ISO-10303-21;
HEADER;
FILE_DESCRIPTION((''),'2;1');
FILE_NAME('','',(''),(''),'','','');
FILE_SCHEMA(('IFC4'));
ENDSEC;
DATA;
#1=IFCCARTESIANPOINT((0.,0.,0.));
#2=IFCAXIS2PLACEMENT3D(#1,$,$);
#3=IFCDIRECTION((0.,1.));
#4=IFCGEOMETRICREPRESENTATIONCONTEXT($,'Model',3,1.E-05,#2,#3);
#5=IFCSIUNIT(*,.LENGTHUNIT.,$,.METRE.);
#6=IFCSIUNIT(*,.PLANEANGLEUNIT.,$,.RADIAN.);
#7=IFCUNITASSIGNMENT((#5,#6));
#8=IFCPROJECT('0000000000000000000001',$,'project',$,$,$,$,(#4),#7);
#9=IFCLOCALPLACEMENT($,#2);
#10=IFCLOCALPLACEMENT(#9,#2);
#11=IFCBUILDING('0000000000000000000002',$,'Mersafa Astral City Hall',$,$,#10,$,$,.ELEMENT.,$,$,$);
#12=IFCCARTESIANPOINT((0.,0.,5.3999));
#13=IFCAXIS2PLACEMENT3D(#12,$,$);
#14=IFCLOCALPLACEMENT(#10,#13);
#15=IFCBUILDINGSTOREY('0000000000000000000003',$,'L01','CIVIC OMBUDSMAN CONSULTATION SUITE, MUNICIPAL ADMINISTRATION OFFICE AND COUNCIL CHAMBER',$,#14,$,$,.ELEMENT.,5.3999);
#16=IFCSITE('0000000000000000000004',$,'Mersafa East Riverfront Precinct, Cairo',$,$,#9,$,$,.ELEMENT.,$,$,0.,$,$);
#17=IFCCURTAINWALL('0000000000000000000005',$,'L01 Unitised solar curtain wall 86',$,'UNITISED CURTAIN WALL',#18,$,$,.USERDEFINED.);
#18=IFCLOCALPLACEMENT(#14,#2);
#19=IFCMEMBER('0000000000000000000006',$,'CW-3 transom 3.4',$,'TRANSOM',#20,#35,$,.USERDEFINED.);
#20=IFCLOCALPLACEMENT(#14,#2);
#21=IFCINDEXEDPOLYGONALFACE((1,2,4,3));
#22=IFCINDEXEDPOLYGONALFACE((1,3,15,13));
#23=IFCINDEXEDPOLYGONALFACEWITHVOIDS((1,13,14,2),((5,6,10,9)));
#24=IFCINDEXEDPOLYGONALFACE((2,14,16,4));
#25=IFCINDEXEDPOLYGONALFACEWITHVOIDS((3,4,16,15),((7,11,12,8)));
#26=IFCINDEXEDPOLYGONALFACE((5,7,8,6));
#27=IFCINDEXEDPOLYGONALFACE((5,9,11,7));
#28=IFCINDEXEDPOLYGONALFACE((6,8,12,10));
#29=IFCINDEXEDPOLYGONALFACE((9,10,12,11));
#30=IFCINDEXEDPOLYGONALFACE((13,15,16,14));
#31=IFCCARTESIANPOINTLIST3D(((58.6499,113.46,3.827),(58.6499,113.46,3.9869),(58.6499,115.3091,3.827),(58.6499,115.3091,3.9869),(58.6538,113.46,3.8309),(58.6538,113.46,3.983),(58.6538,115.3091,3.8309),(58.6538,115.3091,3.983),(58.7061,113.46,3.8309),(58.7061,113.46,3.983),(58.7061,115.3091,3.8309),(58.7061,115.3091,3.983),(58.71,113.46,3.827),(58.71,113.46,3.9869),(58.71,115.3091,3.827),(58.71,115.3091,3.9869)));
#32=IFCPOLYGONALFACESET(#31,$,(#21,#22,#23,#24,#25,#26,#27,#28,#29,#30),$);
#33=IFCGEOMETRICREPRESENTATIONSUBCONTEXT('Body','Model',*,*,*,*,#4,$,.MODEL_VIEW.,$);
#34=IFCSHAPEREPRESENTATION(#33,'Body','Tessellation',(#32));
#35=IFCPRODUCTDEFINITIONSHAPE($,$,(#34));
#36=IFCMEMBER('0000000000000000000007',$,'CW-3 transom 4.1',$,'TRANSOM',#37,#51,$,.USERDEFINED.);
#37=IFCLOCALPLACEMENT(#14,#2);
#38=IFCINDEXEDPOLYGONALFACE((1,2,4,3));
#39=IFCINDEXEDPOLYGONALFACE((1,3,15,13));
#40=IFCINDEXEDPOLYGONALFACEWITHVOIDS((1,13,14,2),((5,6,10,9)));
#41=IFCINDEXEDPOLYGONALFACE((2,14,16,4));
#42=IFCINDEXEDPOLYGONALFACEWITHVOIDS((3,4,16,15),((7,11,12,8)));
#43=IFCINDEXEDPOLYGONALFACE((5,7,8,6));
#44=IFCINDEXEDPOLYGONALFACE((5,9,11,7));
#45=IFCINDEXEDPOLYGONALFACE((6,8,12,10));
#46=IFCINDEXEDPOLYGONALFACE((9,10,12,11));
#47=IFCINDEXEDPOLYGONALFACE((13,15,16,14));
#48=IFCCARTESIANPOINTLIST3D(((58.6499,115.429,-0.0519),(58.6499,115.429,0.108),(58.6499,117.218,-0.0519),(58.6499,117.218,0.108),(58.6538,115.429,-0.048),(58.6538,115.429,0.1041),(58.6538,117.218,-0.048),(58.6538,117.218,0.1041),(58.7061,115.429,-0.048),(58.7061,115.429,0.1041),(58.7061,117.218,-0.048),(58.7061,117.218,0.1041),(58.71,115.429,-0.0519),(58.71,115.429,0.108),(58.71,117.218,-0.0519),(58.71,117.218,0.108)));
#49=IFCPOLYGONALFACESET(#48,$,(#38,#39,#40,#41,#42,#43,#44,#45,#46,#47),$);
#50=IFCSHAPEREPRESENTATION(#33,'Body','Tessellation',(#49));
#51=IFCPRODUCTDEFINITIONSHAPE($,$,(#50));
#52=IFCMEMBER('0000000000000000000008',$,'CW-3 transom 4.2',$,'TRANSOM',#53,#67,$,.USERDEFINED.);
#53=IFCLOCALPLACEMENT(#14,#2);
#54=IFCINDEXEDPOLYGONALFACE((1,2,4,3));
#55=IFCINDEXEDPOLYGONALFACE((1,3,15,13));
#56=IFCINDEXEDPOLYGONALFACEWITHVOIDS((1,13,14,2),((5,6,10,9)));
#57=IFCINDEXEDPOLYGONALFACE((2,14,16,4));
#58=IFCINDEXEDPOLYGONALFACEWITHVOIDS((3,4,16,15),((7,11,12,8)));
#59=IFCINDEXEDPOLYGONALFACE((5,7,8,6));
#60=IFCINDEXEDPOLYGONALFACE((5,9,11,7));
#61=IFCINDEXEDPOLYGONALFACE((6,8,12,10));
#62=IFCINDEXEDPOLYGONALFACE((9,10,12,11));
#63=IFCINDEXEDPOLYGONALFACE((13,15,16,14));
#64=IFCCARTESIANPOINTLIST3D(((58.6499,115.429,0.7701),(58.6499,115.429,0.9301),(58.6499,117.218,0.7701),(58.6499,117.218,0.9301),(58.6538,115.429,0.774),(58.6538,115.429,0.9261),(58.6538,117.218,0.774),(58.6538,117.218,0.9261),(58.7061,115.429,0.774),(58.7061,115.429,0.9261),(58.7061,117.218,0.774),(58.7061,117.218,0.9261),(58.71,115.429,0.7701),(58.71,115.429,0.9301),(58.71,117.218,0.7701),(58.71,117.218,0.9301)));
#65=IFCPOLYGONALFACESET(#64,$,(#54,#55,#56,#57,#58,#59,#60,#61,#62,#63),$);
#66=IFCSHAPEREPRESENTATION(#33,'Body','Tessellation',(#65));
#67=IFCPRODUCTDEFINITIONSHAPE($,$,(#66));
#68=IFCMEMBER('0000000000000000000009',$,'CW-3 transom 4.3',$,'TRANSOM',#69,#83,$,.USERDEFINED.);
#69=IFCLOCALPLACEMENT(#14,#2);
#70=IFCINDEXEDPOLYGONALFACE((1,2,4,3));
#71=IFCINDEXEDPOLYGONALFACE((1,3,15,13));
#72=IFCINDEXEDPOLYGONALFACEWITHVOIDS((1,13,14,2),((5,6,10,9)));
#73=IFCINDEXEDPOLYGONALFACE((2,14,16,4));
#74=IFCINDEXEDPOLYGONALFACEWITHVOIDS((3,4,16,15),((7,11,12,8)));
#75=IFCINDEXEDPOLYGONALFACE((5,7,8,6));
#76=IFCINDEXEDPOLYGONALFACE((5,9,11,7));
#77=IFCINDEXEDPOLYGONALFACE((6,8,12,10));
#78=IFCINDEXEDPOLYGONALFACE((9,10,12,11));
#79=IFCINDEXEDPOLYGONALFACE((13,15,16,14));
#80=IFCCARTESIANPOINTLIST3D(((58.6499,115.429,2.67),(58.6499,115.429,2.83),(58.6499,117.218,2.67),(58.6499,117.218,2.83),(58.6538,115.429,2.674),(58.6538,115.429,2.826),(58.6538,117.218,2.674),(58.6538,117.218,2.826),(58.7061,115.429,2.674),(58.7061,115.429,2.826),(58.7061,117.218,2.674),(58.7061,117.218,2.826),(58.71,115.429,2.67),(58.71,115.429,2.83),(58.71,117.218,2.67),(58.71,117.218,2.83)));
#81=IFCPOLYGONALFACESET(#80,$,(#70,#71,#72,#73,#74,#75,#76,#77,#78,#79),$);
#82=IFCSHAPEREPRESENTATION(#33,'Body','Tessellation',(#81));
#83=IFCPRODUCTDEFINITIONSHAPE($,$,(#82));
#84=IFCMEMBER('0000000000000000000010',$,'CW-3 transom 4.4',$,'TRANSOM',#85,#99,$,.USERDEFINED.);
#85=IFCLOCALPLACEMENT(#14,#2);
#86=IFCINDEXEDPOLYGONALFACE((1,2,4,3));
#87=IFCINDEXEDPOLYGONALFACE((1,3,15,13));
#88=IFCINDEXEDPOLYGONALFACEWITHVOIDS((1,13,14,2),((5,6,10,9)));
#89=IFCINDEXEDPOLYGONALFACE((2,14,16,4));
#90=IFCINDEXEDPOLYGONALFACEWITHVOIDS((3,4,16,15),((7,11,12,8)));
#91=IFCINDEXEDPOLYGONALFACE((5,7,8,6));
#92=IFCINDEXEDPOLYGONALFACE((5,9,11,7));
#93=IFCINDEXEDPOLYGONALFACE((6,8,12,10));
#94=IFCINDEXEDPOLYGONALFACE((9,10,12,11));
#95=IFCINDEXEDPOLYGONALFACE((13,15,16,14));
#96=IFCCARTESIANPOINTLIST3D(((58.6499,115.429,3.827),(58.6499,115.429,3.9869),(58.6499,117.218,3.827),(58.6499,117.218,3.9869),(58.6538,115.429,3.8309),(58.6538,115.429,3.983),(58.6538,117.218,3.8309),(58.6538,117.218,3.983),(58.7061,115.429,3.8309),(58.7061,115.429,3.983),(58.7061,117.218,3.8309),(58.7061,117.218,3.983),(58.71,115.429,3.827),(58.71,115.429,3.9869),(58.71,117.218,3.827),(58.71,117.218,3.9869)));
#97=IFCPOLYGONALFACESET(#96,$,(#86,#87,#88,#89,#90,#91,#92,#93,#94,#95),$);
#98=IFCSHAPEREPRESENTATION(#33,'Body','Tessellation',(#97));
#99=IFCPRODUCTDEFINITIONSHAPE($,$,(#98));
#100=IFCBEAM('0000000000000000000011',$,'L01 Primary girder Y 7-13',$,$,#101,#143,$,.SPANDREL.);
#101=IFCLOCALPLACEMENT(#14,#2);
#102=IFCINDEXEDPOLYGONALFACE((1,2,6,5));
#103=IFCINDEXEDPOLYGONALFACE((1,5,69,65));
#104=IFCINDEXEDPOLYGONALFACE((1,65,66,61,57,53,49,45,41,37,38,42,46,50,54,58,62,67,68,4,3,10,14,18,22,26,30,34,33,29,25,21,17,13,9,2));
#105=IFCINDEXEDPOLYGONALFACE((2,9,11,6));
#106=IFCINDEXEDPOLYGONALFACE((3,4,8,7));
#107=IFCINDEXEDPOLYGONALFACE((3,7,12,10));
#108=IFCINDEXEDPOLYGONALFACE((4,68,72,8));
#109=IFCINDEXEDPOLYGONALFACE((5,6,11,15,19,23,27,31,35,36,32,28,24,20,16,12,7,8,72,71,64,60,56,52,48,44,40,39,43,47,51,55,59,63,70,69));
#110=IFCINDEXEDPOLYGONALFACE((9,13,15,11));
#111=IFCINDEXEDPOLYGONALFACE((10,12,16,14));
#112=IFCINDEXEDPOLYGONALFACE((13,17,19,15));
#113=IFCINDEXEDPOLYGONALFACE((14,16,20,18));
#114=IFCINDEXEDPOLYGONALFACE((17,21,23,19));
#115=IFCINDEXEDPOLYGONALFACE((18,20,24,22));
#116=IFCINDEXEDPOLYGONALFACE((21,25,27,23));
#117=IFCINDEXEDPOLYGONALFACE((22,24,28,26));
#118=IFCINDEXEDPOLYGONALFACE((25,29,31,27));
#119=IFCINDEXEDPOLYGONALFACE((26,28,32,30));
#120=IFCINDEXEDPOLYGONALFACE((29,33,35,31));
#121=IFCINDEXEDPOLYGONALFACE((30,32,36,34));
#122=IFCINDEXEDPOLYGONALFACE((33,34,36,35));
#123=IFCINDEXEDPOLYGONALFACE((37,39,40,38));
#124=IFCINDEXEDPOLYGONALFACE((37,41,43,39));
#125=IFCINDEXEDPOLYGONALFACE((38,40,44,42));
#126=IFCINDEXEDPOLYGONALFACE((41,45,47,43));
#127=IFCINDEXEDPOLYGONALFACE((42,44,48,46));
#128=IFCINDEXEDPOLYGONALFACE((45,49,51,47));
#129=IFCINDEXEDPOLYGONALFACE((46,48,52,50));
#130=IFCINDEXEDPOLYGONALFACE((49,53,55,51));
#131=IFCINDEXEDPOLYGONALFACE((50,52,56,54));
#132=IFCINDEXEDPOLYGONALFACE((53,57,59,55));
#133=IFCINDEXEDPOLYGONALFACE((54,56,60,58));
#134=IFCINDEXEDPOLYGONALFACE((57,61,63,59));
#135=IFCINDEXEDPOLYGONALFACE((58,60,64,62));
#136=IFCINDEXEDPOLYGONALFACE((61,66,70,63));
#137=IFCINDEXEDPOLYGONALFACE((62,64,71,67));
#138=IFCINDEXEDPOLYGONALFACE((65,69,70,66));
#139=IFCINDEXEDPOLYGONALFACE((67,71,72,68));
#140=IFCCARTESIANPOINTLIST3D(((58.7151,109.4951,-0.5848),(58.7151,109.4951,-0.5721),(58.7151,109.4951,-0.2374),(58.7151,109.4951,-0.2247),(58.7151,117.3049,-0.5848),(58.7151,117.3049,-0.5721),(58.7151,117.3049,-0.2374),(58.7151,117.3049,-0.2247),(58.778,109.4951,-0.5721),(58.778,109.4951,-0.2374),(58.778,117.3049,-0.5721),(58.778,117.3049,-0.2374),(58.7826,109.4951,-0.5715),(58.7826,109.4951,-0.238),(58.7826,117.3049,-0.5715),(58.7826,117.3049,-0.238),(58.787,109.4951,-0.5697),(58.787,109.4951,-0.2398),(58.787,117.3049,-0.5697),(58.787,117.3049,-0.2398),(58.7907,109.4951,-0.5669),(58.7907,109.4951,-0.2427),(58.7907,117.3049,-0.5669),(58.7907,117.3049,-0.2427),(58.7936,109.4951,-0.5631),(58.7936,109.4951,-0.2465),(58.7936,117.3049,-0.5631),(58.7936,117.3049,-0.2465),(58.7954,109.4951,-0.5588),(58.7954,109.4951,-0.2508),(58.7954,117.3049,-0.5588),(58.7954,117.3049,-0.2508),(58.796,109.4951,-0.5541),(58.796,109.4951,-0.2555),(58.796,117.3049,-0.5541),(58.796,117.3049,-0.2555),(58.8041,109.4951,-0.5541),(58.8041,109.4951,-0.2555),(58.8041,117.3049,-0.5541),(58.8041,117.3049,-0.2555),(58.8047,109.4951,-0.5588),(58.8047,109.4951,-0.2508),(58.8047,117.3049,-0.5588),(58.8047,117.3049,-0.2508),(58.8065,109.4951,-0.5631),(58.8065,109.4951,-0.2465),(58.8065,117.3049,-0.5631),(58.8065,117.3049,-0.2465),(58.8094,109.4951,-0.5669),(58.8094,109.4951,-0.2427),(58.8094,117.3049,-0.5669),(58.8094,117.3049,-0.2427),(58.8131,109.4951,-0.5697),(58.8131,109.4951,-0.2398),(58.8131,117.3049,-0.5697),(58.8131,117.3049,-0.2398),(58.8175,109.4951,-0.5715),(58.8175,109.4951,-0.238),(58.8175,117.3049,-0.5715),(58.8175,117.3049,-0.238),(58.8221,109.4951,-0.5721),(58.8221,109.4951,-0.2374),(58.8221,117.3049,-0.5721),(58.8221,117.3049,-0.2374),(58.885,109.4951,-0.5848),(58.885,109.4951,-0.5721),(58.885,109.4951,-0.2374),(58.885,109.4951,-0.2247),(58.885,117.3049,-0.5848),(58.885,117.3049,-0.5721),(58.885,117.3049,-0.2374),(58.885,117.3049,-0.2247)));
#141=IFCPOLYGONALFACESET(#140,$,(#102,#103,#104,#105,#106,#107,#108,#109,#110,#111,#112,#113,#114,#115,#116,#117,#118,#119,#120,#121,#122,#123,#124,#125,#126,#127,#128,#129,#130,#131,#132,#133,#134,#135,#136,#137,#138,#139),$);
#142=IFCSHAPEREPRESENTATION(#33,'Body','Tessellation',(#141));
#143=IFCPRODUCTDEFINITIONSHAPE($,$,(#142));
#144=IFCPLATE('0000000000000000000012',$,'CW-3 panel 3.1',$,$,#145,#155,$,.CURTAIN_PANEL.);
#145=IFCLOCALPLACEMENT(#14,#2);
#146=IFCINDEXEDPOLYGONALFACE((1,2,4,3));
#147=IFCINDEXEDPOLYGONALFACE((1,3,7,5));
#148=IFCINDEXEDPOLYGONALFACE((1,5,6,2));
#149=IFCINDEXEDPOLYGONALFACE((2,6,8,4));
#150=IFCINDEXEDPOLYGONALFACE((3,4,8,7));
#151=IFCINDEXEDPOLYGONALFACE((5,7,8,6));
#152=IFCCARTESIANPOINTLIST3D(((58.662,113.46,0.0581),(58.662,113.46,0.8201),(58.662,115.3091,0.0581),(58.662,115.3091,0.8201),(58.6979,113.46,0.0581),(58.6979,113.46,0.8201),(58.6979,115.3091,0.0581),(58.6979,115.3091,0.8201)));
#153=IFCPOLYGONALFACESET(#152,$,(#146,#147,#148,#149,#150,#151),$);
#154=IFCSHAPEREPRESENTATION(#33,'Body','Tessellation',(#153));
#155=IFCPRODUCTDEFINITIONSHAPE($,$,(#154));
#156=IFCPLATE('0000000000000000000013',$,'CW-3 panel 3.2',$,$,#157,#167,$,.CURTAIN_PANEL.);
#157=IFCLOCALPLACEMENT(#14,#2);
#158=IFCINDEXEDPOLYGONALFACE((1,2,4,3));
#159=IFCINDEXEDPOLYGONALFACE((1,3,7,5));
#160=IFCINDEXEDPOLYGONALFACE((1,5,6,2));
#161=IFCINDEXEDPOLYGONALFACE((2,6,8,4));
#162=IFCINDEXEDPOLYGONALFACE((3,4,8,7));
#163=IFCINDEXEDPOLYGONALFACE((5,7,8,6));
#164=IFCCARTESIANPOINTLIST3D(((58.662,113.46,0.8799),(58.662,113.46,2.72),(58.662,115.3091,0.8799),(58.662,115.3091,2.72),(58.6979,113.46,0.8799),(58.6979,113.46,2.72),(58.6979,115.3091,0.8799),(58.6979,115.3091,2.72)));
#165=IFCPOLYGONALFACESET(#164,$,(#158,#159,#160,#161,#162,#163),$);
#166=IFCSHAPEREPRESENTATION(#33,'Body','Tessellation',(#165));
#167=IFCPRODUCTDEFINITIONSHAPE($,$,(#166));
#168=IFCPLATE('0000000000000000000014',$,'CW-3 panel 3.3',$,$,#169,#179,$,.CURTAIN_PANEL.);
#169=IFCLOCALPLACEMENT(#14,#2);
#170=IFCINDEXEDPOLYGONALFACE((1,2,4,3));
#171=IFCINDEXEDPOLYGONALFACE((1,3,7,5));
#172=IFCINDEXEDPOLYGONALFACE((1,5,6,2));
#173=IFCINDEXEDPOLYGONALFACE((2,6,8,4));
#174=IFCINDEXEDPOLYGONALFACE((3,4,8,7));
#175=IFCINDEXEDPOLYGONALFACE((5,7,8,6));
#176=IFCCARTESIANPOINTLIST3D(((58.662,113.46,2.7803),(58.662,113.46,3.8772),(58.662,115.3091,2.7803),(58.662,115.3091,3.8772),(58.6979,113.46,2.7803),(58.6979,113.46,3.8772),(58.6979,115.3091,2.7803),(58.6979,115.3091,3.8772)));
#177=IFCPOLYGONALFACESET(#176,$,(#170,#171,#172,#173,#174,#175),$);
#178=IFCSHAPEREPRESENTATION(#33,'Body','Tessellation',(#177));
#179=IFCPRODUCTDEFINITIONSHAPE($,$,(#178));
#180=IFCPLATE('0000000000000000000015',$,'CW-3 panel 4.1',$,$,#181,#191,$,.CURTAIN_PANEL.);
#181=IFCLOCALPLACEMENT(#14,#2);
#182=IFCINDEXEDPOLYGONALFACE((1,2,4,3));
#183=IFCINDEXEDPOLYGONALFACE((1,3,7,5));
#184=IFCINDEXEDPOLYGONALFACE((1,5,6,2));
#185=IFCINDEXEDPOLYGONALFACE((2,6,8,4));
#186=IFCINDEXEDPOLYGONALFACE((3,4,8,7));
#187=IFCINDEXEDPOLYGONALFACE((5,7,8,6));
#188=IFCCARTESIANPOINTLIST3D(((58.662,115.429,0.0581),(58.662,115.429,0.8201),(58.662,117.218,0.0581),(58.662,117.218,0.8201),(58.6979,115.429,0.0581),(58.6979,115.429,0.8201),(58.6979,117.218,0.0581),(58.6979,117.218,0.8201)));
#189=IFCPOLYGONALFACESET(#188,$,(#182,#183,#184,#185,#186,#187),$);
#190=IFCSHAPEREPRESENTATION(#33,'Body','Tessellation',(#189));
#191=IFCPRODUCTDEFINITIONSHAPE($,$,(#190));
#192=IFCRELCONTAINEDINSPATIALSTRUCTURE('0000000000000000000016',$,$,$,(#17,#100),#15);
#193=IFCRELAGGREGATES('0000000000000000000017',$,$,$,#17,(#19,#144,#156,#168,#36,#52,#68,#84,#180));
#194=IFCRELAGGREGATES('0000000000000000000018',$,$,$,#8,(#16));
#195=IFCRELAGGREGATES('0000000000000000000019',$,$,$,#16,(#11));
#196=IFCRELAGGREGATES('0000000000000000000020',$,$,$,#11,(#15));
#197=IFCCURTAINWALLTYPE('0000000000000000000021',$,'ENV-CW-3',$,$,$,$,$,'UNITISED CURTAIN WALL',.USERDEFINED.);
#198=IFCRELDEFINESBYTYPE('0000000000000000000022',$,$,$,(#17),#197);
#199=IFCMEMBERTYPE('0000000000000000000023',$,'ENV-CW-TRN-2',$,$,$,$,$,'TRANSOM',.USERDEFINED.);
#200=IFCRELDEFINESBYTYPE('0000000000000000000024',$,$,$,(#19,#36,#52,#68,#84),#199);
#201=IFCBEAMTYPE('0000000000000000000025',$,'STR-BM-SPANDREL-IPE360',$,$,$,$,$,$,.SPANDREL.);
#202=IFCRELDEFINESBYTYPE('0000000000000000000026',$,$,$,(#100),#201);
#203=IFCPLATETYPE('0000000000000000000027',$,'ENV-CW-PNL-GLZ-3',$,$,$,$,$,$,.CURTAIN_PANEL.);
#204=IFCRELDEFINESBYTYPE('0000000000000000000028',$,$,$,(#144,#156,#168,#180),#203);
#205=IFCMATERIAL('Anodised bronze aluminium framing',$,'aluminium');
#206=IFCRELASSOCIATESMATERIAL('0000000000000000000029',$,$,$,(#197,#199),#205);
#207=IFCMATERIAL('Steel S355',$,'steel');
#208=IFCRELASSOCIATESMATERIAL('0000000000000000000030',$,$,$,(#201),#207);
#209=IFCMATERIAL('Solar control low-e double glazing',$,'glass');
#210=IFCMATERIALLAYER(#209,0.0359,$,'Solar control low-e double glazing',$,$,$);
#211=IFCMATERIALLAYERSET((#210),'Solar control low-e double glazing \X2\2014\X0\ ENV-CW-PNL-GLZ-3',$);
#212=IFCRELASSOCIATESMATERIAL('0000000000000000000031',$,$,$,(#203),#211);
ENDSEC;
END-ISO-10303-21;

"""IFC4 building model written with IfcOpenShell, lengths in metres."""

from ifc_helpers import new_model, si_unit, direction, frame, origin, origin_2d, place, context, subcontext, project, spatial, rectangle, hollow_rectangle, i_section, extrude, material, layer, layer_set, material_profile, profile_set, type_object, element, aggregate, save


model = new_model("IFC4")

# Units and contexts
model_context = context("Model", 3, precision=1e-05, world=origin(), true_north=direction((0.0, 1.0)))
body_context = subcontext(model_context, "Body", "Model", "MODEL_VIEW")
ifc_project = project(units=[si_unit("LENGTHUNIT", "METRE"), si_unit("PLANEANGLEUNIT", "RADIAN")], contexts=[model_context])

# Site, building, storey
site_placement = place(None, origin())
site = spatial("IfcSite", under=ifc_project, at=site_placement, Name="Mersafa East Riverfront Precinct, Cairo", CompositionType="ELEMENT", RefElevation=0.0)
building_placement = place(site_placement, origin())
building = spatial("IfcBuilding", under=site, at=building_placement, Name="Mersafa Astral City Hall", CompositionType="ELEMENT")
storey_placement = place(building_placement, frame((0.0, 0.0, 5.3999)))
storey = spatial("IfcBuildingStorey", under=building, at=storey_placement, Name="L01", Description="CIVIC OMBUDSMAN CONSULTATION SUITE, MUNICIPAL ADMINISTRATION OFFICE AND COUNCIL CHAMBER", CompositionType="ELEMENT", Elevation=5.3999)

# Shared definitions
ifc_material_1 = material(Name="Steel S355", Category="steel")

# Curtain wall, members
ifc_material_2 = material(Name="Anodised bronze aluminium framing", Category="aluminium")
curtain_wall_type = type_object("IfcCurtainWallType", Name="ENV-CW-3", ElementType="UNITISED CURTAIN WALL", PredefinedType="USERDEFINED", material=ifc_material_2)
curtain_wall_placement = place(storey_placement, origin())
curtain_wall = element("IfcCurtainWall", 1, at=curtain_wall_placement, inside=storey, type_object=curtain_wall_type, Name="L01 Unitised solar curtain wall 86", ObjectType="UNITISED CURTAIN WALL", PredefinedType="USERDEFINED")
ifc_material_profile_1 = material_profile(ifc_material_2, hollow_rectangle(XDim=0.0601, YDim=0.1599, WallThickness=0.0039, at=origin_2d()), Name="RHS 60x160x4")
ifc_profile_set_1 = profile_set([ifc_material_profile_1], Name="Anodised bronze aluminium framing")
member_type_1 = type_object("IfcMemberType", Name="ENV-CW-TRN-2", ElementType="TRANSOM", PredefinedType="USERDEFINED", material=ifc_profile_set_1)
member_1_placement = place(storey_placement, frame((58.6799, 113.46, 3.907), z_axis=(0.0, 1.0, 0.0), x_axis=(-1.0, 0.0, 0.0)))
member_1 = element("IfcMember", 2, at=member_1_placement, type_object=member_type_1, Name="CW-3 transom 3.4", ObjectType="TRANSOM", PredefinedType="USERDEFINED", context=body_context, shape_type="SweptSolid", body=[
    extrude(hollow_rectangle(XDim=0.0601, YDim=0.1599, WallThickness=0.0039, at=origin_2d()), origin(), (0.0, 0.0, 1.0), 1.8491),
])
member_2_placement = place(storey_placement, frame((58.6799, 115.429, 0.0281), z_axis=(0.0, 1.0, 0.0), x_axis=(-1.0, 0.0, 0.0)))
member_2 = element("IfcMember", 3, at=member_2_placement, type_object=member_type_1, Name="CW-3 transom 4.1", ObjectType="TRANSOM", PredefinedType="USERDEFINED", context=body_context, shape_type="SweptSolid", body=[
    extrude(hollow_rectangle(XDim=0.0601, YDim=0.1599, WallThickness=0.0039, at=origin_2d()), origin(), (0.0, 0.0, 1.0), 1.7891),
])
member_3_placement = place(storey_placement, frame((58.6799, 115.429, 0.8501), z_axis=(0.0, 1.0, 0.0), x_axis=(-1.0, 0.0, 0.0)))
member_3 = element("IfcMember", 4, at=member_3_placement, type_object=member_type_1, Name="CW-3 transom 4.2", ObjectType="TRANSOM", PredefinedType="USERDEFINED", context=body_context, shape_type="SweptSolid", body=[
    extrude(hollow_rectangle(XDim=0.0601, YDim=0.1599, WallThickness=0.0039, at=origin_2d()), origin(), (0.0, 0.0, 1.0), 1.7891),
])
member_4_placement = place(storey_placement, frame((58.6799, 115.429, 2.75), z_axis=(0.0, 1.0, 0.0), x_axis=(-1.0, 0.0, 0.0)))
member_4 = element("IfcMember", 5, at=member_4_placement, type_object=member_type_1, Name="CW-3 transom 4.3", ObjectType="TRANSOM", PredefinedType="USERDEFINED", context=body_context, shape_type="SweptSolid", body=[
    extrude(hollow_rectangle(XDim=0.0601, YDim=0.1599, WallThickness=0.0039, at=origin_2d()), origin(), (0.0, 0.0, 1.0), 1.7891),
])
member_5_placement = place(storey_placement, frame((58.6799, 115.429, 3.907), z_axis=(0.0, 1.0, 0.0), x_axis=(-1.0, 0.0, 0.0)))
member_5 = element("IfcMember", 6, at=member_5_placement, type_object=member_type_1, Name="CW-3 transom 4.4", ObjectType="TRANSOM", PredefinedType="USERDEFINED", context=body_context, shape_type="SweptSolid", body=[
    extrude(hollow_rectangle(XDim=0.0601, YDim=0.1599, WallThickness=0.0039, at=origin_2d()), origin(), (0.0, 0.0, 1.0), 1.7891),
])

# Beam
ifc_material_profile_2 = material_profile(ifc_material_1, i_section(OverallWidth=0.1699, OverallDepth=0.3601, WebThickness=0.0081, FlangeThickness=0.0127, FilletRadius=0.0181, at=origin_2d()), Name="IPE 360")
ifc_profile_set_2 = profile_set([ifc_material_profile_2], Name="Steel S355")
beam_type = type_object("IfcBeamType", Name="STR-BM-SPANDREL-IPE360", PredefinedType="SPANDREL", material=ifc_profile_set_2)
beam_placement = place(storey_placement, frame((58.8, 109.4951, -0.4048), z_axis=(0.0, 1.0, 0.0), x_axis=(-1.0, 0.0, 0.0)))
element("IfcBeam", 7, at=beam_placement, inside=storey, type_object=beam_type, Name="L01 Primary girder Y 7-13", PredefinedType="SPANDREL", context=body_context, shape_type="SweptSolid", body=[
    extrude(i_section(OverallWidth=0.1699, OverallDepth=0.3601, WebThickness=0.0081, FlangeThickness=0.0127, FilletRadius=0.0181, at=origin_2d()), origin(), (0.0, 0.0, 1.0), 7.8098),
])

# Plates
ifc_material_3 = material(Name="Solar control low-e double glazing", Category="glass")
ifc_layer_1 = layer(ifc_material_3, 0.0359, Name="Solar control low-e double glazing")
ifc_layer_set_1 = layer_set([ifc_layer_1], Name="Solar control low-e double glazing — ENV-CW-PNL-GLZ-3")
plate_type = type_object("IfcPlateType", Name="ENV-CW-PNL-GLZ-3", PredefinedType="CURTAIN_PANEL", material=ifc_layer_set_1)
plate_1_placement = place(storey_placement, frame((58.6799, 114.3845, 0.0581), z_axis=(0.0, 0.0, 1.0), x_axis=(0.0, 1.0, 0.0)))
plate_1 = element("IfcPlate", 8, at=plate_1_placement, type_object=plate_type, Name="CW-3 panel 3.1", PredefinedType="CURTAIN_PANEL", context=body_context, shape_type="SweptSolid", body=[
    extrude(rectangle(XDim=1.8491, YDim=0.0359, at=origin_2d()), origin(), (0.0, 0.0, 1.0), 0.762),
])
plate_2_placement = place(storey_placement, frame((58.6799, 114.3845, 0.8799), z_axis=(0.0, 0.0, 1.0), x_axis=(0.0, 1.0, 0.0)))
plate_2 = element("IfcPlate", 9, at=plate_2_placement, type_object=plate_type, Name="CW-3 panel 3.2", PredefinedType="CURTAIN_PANEL", context=body_context, shape_type="SweptSolid", body=[
    extrude(rectangle(XDim=1.8491, YDim=0.0359, at=origin_2d()), origin(), (0.0, 0.0, 1.0), 1.8401),
])
plate_3_placement = place(storey_placement, frame((58.6799, 114.3845, 2.7803), z_axis=(0.0, 0.0, 1.0), x_axis=(0.0, 1.0, 0.0)))
plate_3 = element("IfcPlate", 10, at=plate_3_placement, type_object=plate_type, Name="CW-3 panel 3.3", PredefinedType="CURTAIN_PANEL", context=body_context, shape_type="SweptSolid", body=[
    extrude(rectangle(XDim=1.8491, YDim=0.0359, at=origin_2d()), origin(), (0.0, 0.0, 1.0), 1.0969),
])
plate_4_placement = place(storey_placement, frame((58.6799, 116.3235, 0.0581), z_axis=(0.0, 0.0, 1.0), x_axis=(0.0, 1.0, 0.0)))
plate_4 = element("IfcPlate", 11, at=plate_4_placement, type_object=plate_type, Name="CW-3 panel 4.1", PredefinedType="CURTAIN_PANEL", context=body_context, shape_type="SweptSolid", body=[
    extrude(rectangle(XDim=1.7891, YDim=0.0359, at=origin_2d()), origin(), (0.0, 0.0, 1.0), 0.762),
])
aggregate(curtain_wall, [member_1, plate_1, plate_2, plate_3, member_2, member_3, member_4, member_5, plate_4])

save(model, "model.ifc")
